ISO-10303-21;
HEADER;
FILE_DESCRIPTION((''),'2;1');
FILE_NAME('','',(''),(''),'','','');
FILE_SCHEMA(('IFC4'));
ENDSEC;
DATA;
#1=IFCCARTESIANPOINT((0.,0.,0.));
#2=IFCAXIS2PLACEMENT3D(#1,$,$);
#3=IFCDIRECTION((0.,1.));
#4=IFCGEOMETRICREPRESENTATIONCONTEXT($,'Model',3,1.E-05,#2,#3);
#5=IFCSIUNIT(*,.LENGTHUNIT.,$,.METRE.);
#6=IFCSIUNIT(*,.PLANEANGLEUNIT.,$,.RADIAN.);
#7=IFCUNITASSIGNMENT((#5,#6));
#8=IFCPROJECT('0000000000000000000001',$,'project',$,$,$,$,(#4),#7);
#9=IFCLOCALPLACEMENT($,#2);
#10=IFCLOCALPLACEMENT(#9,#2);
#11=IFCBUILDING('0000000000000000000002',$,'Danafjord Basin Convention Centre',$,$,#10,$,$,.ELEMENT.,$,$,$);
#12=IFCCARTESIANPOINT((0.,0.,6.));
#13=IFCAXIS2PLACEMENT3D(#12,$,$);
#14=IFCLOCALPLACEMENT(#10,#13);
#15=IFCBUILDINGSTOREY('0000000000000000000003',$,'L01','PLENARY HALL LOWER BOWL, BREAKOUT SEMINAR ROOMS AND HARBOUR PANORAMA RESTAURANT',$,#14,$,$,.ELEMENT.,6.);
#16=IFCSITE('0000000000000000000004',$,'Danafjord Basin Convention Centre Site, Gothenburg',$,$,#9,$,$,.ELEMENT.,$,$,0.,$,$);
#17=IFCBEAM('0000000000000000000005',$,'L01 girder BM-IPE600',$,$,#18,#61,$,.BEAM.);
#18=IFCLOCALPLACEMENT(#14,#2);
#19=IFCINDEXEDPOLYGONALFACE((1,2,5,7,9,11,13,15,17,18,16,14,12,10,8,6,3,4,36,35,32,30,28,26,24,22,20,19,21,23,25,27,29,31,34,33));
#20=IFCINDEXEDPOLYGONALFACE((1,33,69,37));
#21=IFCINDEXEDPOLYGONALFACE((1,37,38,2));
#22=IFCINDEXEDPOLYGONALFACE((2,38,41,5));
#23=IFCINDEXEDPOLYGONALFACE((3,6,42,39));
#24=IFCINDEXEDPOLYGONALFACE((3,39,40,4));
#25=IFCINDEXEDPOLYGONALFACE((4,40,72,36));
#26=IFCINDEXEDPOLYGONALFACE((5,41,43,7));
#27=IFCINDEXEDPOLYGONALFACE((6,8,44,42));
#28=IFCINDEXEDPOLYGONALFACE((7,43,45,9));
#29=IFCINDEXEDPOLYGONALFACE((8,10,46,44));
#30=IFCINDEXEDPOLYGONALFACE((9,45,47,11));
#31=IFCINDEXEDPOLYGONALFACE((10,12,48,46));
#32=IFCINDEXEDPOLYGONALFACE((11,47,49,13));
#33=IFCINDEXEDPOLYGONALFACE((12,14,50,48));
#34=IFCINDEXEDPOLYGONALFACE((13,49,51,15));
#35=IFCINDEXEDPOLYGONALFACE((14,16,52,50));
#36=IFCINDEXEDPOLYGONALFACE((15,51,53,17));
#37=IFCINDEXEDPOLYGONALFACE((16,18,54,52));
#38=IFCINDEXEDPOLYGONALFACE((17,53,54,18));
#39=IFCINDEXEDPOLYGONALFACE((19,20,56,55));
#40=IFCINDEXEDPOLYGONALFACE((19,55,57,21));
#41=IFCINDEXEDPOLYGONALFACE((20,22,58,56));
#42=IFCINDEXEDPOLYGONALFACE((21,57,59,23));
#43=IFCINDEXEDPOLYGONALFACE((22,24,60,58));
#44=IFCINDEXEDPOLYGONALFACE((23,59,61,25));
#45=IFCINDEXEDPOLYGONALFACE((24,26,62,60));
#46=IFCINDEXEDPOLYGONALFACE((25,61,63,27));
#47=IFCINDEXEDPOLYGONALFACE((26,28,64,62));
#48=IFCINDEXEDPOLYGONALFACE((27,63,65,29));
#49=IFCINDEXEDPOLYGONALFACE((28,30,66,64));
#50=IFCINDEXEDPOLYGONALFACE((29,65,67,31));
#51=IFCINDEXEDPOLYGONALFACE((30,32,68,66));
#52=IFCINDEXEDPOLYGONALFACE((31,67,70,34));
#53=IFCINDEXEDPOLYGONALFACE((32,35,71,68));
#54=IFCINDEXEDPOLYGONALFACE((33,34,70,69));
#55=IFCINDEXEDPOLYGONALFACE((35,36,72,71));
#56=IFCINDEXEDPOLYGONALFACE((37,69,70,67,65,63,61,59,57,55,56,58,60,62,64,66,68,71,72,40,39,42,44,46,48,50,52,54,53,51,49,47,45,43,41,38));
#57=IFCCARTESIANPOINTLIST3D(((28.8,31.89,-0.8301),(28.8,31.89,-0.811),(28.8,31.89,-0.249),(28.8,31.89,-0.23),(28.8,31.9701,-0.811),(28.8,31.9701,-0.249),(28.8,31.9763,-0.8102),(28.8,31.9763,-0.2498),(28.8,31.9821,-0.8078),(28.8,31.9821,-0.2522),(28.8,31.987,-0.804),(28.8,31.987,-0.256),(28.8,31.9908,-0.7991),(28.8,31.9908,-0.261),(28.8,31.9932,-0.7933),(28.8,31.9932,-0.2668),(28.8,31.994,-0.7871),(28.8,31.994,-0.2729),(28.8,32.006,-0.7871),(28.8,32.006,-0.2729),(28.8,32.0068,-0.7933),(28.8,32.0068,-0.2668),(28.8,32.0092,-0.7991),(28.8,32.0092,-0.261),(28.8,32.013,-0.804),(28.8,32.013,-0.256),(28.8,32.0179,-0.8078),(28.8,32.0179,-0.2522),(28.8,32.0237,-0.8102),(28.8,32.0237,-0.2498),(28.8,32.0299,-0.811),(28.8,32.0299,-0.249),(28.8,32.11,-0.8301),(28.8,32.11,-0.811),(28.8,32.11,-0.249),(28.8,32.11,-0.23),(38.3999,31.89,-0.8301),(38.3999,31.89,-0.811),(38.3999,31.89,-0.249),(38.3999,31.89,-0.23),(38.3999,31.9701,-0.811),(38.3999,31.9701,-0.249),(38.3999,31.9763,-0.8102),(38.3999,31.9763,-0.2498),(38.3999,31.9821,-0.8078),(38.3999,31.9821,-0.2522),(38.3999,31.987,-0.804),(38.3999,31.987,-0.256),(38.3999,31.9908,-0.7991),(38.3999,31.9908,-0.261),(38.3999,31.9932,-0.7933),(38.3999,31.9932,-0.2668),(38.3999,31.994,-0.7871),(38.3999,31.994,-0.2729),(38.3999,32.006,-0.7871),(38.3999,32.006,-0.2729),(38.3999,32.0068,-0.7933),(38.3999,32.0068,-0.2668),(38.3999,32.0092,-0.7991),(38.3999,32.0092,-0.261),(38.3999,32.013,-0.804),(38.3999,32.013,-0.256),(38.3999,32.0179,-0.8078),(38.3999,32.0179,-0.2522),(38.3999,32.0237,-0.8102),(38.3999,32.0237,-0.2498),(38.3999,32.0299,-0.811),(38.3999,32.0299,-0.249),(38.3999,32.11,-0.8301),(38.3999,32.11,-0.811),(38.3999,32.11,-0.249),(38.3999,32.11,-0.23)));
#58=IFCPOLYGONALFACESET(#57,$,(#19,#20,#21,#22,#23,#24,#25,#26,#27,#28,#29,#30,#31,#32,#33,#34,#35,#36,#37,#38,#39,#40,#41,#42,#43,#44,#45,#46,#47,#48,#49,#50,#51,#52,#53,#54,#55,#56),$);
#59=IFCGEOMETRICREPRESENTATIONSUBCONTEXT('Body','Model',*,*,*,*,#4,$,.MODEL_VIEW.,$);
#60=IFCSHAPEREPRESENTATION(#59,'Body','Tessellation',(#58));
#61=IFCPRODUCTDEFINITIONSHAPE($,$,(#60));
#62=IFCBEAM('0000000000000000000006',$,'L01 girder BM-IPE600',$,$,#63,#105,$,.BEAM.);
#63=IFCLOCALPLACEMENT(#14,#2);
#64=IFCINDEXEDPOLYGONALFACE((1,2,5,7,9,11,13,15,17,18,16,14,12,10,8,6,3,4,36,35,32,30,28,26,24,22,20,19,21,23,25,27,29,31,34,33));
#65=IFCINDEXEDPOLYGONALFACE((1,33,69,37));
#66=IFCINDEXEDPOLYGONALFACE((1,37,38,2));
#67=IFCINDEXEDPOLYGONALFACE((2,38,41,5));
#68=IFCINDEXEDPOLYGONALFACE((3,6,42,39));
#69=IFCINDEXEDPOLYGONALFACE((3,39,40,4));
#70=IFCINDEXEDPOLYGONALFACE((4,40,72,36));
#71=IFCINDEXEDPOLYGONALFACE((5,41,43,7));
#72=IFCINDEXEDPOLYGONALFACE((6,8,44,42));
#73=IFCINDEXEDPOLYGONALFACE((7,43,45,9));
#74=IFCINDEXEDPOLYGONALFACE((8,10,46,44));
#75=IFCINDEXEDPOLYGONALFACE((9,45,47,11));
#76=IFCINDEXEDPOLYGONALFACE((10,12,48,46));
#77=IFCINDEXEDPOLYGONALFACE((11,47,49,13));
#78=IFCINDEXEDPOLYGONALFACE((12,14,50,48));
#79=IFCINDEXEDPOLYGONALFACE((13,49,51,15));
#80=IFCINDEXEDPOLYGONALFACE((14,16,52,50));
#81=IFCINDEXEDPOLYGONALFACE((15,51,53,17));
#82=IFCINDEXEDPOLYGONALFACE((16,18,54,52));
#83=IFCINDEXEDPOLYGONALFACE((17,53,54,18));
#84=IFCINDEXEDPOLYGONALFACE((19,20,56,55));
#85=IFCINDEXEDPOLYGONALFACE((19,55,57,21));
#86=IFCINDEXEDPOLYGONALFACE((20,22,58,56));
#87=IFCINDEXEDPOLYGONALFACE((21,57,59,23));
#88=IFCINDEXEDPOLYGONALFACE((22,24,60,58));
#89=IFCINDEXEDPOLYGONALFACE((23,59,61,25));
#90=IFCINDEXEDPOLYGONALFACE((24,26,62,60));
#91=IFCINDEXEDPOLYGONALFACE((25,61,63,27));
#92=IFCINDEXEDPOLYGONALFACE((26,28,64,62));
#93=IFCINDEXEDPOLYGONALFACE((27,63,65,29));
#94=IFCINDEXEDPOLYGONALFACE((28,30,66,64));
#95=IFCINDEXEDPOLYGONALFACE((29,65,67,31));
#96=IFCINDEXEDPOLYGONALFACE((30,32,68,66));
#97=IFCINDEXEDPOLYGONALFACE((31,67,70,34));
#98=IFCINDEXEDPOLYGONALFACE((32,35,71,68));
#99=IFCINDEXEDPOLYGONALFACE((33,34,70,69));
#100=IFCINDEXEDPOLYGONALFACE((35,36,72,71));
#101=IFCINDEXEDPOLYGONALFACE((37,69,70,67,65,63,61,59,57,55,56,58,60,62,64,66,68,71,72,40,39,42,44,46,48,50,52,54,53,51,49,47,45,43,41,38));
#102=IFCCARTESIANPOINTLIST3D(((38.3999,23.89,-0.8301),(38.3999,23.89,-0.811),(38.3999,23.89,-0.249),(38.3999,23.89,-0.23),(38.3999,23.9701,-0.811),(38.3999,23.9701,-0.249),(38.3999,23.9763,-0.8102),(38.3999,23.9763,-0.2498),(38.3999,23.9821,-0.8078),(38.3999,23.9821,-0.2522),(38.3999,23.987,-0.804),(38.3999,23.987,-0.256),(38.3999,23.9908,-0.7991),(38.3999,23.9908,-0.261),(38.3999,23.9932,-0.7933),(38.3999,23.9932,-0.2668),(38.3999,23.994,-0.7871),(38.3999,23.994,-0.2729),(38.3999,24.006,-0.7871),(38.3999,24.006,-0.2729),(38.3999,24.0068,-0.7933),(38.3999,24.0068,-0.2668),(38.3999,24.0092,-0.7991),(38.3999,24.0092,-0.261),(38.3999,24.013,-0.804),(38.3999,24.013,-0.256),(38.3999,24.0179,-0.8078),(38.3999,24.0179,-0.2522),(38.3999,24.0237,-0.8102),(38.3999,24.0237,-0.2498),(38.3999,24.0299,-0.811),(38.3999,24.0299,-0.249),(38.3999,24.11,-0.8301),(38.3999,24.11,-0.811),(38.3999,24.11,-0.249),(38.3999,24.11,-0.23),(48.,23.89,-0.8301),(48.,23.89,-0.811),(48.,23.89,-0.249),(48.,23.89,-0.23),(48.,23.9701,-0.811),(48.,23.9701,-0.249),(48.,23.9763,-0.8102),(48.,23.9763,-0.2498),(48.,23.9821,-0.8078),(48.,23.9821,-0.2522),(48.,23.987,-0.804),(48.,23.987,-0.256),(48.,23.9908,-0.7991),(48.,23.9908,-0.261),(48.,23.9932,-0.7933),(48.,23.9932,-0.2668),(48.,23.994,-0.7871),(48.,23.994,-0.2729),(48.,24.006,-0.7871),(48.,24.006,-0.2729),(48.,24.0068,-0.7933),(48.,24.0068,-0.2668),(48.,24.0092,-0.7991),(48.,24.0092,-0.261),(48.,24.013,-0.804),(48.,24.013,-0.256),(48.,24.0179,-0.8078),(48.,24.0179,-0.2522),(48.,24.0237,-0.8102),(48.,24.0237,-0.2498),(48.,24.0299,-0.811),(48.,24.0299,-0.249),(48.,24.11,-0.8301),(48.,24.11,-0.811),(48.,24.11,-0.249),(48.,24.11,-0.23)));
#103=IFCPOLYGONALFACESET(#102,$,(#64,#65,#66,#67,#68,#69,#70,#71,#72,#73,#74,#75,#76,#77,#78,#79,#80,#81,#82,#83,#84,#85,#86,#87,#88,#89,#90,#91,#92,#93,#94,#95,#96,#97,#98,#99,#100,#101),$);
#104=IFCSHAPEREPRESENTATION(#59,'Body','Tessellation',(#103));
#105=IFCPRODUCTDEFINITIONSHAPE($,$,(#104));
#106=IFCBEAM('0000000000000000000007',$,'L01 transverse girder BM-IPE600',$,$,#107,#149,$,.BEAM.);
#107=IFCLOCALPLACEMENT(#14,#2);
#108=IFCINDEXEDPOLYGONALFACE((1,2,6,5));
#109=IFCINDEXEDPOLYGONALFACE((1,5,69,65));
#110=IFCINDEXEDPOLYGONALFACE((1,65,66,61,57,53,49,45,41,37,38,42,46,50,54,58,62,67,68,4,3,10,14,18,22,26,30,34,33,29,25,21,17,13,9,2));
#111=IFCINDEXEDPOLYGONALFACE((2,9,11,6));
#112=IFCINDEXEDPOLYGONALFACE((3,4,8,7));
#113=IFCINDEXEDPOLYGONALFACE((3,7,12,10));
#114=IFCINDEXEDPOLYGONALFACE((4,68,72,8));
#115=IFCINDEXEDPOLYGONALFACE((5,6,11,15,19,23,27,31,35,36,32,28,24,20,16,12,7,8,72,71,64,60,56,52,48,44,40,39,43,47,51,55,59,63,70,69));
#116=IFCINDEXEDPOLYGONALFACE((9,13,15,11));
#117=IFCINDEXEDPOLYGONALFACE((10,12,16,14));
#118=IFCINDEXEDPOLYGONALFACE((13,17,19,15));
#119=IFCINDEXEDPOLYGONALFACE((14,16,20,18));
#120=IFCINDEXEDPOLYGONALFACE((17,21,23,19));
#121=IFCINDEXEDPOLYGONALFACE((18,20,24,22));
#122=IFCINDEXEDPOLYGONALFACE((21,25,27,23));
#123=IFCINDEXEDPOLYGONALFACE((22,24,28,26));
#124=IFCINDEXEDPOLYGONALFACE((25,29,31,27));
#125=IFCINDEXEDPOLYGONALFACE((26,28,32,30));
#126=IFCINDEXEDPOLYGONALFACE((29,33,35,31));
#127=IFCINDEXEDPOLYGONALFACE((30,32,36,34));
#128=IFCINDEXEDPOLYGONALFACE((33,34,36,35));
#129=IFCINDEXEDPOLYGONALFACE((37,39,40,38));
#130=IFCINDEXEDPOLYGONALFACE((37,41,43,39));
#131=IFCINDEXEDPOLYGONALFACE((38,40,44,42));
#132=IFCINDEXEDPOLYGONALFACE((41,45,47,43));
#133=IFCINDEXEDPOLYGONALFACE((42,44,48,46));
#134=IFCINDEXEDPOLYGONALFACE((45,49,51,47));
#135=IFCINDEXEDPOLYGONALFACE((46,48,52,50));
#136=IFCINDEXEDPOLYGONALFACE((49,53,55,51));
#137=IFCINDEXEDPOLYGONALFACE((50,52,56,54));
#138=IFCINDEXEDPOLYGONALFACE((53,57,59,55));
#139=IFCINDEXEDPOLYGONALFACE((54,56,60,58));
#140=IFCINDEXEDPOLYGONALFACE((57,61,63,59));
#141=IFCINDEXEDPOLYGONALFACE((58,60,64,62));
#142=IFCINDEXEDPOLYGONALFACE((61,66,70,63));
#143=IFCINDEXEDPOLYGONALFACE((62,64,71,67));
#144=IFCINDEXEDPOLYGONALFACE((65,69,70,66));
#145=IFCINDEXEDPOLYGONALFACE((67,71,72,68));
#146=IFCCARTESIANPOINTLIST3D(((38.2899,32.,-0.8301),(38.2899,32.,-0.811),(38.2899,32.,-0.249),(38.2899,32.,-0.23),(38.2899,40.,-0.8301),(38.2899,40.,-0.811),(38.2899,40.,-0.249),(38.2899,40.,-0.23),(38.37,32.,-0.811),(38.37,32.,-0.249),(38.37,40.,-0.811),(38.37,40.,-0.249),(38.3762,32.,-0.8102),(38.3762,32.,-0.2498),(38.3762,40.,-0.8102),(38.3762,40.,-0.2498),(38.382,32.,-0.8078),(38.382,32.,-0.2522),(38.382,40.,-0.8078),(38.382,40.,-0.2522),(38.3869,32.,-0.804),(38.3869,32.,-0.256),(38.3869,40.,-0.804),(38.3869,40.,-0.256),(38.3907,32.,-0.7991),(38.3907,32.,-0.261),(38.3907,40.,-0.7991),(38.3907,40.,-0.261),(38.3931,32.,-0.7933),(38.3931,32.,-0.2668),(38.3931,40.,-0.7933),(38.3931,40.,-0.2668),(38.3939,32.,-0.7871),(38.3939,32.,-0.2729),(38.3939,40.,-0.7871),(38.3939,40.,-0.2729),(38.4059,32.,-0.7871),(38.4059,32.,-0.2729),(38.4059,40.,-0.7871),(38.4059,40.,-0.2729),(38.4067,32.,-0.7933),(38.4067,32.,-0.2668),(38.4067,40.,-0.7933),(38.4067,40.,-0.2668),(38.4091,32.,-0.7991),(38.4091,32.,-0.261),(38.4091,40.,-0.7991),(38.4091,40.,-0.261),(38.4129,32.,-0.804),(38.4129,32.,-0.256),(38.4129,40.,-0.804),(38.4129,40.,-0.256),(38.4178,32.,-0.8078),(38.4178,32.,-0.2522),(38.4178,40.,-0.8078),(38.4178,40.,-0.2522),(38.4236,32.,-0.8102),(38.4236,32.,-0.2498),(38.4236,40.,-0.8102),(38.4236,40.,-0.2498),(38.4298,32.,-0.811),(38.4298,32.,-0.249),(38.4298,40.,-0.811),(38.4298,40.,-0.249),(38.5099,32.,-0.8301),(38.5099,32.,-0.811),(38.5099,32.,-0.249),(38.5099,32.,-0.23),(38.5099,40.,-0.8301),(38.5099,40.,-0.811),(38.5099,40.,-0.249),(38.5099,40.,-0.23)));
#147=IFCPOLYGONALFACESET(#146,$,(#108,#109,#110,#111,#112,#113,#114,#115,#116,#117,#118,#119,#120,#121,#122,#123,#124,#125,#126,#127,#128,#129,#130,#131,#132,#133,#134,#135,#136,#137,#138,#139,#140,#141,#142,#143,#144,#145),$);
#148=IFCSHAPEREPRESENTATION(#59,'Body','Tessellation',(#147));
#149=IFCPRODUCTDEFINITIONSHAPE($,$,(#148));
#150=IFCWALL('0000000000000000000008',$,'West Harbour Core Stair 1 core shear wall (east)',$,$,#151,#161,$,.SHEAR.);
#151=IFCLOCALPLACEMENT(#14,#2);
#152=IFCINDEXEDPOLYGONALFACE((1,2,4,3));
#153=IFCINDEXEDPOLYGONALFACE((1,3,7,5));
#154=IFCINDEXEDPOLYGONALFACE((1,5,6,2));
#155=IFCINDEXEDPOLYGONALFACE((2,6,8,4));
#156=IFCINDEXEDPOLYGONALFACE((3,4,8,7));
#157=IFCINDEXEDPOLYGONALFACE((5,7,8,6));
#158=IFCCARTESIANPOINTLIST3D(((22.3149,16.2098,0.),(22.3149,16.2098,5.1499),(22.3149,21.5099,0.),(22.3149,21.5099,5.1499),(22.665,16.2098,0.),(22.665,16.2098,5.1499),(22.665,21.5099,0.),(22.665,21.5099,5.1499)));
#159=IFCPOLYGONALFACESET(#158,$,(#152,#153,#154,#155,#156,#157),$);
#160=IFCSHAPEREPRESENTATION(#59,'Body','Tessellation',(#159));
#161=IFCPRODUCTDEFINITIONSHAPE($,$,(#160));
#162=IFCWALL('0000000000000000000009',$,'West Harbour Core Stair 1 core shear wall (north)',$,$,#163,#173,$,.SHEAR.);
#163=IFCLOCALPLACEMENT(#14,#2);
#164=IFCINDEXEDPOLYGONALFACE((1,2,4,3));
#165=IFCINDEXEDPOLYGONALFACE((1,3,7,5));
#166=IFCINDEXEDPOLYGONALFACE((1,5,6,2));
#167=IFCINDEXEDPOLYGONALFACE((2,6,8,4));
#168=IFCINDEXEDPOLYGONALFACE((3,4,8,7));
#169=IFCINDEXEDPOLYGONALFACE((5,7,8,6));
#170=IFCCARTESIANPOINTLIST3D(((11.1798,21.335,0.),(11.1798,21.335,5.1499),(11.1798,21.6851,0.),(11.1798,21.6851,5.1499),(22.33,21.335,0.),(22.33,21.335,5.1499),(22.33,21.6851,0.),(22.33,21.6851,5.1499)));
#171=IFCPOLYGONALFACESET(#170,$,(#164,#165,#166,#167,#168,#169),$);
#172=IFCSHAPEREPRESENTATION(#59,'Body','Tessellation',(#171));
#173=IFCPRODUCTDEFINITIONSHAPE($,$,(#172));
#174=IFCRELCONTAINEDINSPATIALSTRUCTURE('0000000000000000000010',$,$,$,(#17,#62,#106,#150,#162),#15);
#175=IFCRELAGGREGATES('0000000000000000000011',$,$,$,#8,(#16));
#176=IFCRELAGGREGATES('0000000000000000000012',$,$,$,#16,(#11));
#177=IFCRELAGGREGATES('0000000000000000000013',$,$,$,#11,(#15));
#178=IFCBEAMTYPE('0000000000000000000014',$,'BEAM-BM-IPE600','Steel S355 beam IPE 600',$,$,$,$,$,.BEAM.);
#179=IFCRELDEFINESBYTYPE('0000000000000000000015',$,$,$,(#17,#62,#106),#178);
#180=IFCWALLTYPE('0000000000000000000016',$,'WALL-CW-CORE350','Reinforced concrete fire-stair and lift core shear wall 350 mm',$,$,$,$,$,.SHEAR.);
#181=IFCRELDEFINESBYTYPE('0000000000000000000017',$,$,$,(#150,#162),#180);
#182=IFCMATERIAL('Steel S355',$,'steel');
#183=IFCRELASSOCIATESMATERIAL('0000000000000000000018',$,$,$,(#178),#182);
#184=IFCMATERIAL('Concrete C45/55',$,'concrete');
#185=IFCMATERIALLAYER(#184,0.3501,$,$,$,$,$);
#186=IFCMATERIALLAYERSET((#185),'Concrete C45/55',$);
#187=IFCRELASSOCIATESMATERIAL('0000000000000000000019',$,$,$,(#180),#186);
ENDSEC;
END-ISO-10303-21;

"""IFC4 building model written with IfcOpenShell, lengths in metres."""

from ifc_helpers import new_model, si_unit, direction, frame, frame_2d, origin, origin_2d, place, context, subcontext, project, spatial, rectangle, i_section, extrude, material, layer, layer_set, material_profile, profile_set, type_object, element, save


model = new_model("IFC4")

# Units and contexts
model_context = context("Model", 3, precision=1e-05, world=origin(), true_north=direction((0.0, 1.0)))
body_context = subcontext(model_context, "Body", "Model", "MODEL_VIEW")
ifc_project = project(units=[si_unit("LENGTHUNIT", "METRE"), si_unit("PLANEANGLEUNIT", "RADIAN")], contexts=[model_context])

# Site, building, storey
site_placement = place(None, origin())
site = spatial("IfcSite", under=ifc_project, at=site_placement, Name="Danafjord Basin Convention Centre Site, Gothenburg", CompositionType="ELEMENT", RefElevation=0.0)
building_placement = place(site_placement, origin())
building = spatial("IfcBuilding", under=site, at=building_placement, Name="Danafjord Basin Convention Centre", CompositionType="ELEMENT")
storey_placement = place(building_placement, frame((0.0, 0.0, 6.0)))
storey = spatial("IfcBuildingStorey", under=building, at=storey_placement, Name="L01", Description="PLENARY HALL LOWER BOWL, BREAKOUT SEMINAR ROOMS AND HARBOUR PANORAMA RESTAURANT", CompositionType="ELEMENT", Elevation=6.0)

# Shared definitions
ifc_material_1 = material(Name="Steel S355", Category="steel")

# Beams
ifc_material_profile_1 = material_profile(ifc_material_1, i_section(OverallWidth=0.22, OverallDepth=0.6001, WebThickness=0.012, FlangeThickness=0.019, FilletRadius=0.0239, at=origin_2d()), Name="IPE 600")
ifc_profile_set_1 = profile_set([ifc_material_profile_1], Name="Steel S355")
beam_type_1 = type_object("IfcBeamType", Name="BEAM-BM-IPE600", Description="Steel S355 beam IPE 600", PredefinedType="BEAM", material=ifc_profile_set_1)
beam_1_placement = place(storey_placement, frame((28.8, 32.0, -0.53), z_axis=(1.0, 0.0, 0.0), x_axis=(0.0, 1.0, 0.0)))
element("IfcBeam", 1, at=beam_1_placement, inside=storey, type_object=beam_type_1, Name="L01 girder BM-IPE600", PredefinedType="BEAM", context=body_context, shape_type="SweptSolid", body=[
    extrude(i_section(OverallWidth=0.22, OverallDepth=0.6001, WebThickness=0.012, FlangeThickness=0.019, FilletRadius=0.0239, at=origin_2d()), origin(), (0.0, 0.0, 1.0), 9.5999),
])
beam_2_placement = place(storey_placement, frame((38.3999, 24.0, -0.53), z_axis=(1.0, 0.0, 0.0), x_axis=(0.0, 1.0, 0.0)))
element("IfcBeam", 2, at=beam_2_placement, inside=storey, type_object=beam_type_1, Name="L01 girder BM-IPE600", PredefinedType="BEAM", context=body_context, shape_type="SweptSolid", body=[
    extrude(i_section(OverallWidth=0.22, OverallDepth=0.6001, WebThickness=0.012, FlangeThickness=0.019, FilletRadius=0.0239, at=origin_2d()), origin(), (0.0, 0.0, 1.0), 9.6001),
])
beam_3_placement = place(storey_placement, frame((38.3999, 32.0, -0.53), z_axis=(0.0, 1.0, 0.0), x_axis=(-1.0, 0.0, 0.0)))
element("IfcBeam", 3, at=beam_3_placement, inside=storey, type_object=beam_type_1, Name="L01 transverse girder BM-IPE600", PredefinedType="BEAM", context=body_context, shape_type="SweptSolid", body=[
    extrude(i_section(OverallWidth=0.22, OverallDepth=0.6001, WebThickness=0.012, FlangeThickness=0.019, FilletRadius=0.0239, at=origin_2d()), origin(), (0.0, 0.0, 1.0), 8.0),
])

# Walls
ifc_material_2 = material(Name="Concrete C45/55", Category="concrete")
ifc_layer_1 = layer(ifc_material_2, 0.3501)
ifc_layer_set_1 = layer_set([ifc_layer_1], Name="Concrete C45/55")
wall_type_1 = type_object("IfcWallType", Name="WALL-CW-CORE350", Description="Reinforced concrete fire-stair and lift core shear wall 350 mm", PredefinedType="SHEAR", material=ifc_layer_set_1)
wall_1_placement = place(storey_placement, frame((22.49, 16.21, 0.0), z_axis=(0.0, 0.0, 1.0), x_axis=(0.0, 1.0, 0.0)))
element("IfcWall", 4, at=wall_1_placement, inside=storey, type_object=wall_type_1, Name="West Harbour Core Stair 1 core shear wall (east)", PredefinedType="SHEAR", context=body_context, shape_type="SweptSolid", body=[
    extrude(rectangle(XDim=5.3, YDim=0.3501, at=frame_2d((2.6499, 0.0))), origin(), (0.0, 0.0, 1.0), 5.1499),
])
wall_2_placement = place(storey_placement, frame((22.3301, 21.51, 0.0), z_axis=(0.0, 0.0, 1.0), x_axis=(-1.0, 0.0, 0.0)))
element("IfcWall", 5, at=wall_2_placement, inside=storey, type_object=wall_type_1, Name="West Harbour Core Stair 1 core shear wall (north)", PredefinedType="SHEAR", context=body_context, shape_type="SweptSolid", body=[
    extrude(rectangle(XDim=11.1501, YDim=0.3501, at=frame_2d((5.5752, 0.0))), origin(), (0.0, 0.0, 1.0), 5.1499),
])

save(model, "model.ifc")
